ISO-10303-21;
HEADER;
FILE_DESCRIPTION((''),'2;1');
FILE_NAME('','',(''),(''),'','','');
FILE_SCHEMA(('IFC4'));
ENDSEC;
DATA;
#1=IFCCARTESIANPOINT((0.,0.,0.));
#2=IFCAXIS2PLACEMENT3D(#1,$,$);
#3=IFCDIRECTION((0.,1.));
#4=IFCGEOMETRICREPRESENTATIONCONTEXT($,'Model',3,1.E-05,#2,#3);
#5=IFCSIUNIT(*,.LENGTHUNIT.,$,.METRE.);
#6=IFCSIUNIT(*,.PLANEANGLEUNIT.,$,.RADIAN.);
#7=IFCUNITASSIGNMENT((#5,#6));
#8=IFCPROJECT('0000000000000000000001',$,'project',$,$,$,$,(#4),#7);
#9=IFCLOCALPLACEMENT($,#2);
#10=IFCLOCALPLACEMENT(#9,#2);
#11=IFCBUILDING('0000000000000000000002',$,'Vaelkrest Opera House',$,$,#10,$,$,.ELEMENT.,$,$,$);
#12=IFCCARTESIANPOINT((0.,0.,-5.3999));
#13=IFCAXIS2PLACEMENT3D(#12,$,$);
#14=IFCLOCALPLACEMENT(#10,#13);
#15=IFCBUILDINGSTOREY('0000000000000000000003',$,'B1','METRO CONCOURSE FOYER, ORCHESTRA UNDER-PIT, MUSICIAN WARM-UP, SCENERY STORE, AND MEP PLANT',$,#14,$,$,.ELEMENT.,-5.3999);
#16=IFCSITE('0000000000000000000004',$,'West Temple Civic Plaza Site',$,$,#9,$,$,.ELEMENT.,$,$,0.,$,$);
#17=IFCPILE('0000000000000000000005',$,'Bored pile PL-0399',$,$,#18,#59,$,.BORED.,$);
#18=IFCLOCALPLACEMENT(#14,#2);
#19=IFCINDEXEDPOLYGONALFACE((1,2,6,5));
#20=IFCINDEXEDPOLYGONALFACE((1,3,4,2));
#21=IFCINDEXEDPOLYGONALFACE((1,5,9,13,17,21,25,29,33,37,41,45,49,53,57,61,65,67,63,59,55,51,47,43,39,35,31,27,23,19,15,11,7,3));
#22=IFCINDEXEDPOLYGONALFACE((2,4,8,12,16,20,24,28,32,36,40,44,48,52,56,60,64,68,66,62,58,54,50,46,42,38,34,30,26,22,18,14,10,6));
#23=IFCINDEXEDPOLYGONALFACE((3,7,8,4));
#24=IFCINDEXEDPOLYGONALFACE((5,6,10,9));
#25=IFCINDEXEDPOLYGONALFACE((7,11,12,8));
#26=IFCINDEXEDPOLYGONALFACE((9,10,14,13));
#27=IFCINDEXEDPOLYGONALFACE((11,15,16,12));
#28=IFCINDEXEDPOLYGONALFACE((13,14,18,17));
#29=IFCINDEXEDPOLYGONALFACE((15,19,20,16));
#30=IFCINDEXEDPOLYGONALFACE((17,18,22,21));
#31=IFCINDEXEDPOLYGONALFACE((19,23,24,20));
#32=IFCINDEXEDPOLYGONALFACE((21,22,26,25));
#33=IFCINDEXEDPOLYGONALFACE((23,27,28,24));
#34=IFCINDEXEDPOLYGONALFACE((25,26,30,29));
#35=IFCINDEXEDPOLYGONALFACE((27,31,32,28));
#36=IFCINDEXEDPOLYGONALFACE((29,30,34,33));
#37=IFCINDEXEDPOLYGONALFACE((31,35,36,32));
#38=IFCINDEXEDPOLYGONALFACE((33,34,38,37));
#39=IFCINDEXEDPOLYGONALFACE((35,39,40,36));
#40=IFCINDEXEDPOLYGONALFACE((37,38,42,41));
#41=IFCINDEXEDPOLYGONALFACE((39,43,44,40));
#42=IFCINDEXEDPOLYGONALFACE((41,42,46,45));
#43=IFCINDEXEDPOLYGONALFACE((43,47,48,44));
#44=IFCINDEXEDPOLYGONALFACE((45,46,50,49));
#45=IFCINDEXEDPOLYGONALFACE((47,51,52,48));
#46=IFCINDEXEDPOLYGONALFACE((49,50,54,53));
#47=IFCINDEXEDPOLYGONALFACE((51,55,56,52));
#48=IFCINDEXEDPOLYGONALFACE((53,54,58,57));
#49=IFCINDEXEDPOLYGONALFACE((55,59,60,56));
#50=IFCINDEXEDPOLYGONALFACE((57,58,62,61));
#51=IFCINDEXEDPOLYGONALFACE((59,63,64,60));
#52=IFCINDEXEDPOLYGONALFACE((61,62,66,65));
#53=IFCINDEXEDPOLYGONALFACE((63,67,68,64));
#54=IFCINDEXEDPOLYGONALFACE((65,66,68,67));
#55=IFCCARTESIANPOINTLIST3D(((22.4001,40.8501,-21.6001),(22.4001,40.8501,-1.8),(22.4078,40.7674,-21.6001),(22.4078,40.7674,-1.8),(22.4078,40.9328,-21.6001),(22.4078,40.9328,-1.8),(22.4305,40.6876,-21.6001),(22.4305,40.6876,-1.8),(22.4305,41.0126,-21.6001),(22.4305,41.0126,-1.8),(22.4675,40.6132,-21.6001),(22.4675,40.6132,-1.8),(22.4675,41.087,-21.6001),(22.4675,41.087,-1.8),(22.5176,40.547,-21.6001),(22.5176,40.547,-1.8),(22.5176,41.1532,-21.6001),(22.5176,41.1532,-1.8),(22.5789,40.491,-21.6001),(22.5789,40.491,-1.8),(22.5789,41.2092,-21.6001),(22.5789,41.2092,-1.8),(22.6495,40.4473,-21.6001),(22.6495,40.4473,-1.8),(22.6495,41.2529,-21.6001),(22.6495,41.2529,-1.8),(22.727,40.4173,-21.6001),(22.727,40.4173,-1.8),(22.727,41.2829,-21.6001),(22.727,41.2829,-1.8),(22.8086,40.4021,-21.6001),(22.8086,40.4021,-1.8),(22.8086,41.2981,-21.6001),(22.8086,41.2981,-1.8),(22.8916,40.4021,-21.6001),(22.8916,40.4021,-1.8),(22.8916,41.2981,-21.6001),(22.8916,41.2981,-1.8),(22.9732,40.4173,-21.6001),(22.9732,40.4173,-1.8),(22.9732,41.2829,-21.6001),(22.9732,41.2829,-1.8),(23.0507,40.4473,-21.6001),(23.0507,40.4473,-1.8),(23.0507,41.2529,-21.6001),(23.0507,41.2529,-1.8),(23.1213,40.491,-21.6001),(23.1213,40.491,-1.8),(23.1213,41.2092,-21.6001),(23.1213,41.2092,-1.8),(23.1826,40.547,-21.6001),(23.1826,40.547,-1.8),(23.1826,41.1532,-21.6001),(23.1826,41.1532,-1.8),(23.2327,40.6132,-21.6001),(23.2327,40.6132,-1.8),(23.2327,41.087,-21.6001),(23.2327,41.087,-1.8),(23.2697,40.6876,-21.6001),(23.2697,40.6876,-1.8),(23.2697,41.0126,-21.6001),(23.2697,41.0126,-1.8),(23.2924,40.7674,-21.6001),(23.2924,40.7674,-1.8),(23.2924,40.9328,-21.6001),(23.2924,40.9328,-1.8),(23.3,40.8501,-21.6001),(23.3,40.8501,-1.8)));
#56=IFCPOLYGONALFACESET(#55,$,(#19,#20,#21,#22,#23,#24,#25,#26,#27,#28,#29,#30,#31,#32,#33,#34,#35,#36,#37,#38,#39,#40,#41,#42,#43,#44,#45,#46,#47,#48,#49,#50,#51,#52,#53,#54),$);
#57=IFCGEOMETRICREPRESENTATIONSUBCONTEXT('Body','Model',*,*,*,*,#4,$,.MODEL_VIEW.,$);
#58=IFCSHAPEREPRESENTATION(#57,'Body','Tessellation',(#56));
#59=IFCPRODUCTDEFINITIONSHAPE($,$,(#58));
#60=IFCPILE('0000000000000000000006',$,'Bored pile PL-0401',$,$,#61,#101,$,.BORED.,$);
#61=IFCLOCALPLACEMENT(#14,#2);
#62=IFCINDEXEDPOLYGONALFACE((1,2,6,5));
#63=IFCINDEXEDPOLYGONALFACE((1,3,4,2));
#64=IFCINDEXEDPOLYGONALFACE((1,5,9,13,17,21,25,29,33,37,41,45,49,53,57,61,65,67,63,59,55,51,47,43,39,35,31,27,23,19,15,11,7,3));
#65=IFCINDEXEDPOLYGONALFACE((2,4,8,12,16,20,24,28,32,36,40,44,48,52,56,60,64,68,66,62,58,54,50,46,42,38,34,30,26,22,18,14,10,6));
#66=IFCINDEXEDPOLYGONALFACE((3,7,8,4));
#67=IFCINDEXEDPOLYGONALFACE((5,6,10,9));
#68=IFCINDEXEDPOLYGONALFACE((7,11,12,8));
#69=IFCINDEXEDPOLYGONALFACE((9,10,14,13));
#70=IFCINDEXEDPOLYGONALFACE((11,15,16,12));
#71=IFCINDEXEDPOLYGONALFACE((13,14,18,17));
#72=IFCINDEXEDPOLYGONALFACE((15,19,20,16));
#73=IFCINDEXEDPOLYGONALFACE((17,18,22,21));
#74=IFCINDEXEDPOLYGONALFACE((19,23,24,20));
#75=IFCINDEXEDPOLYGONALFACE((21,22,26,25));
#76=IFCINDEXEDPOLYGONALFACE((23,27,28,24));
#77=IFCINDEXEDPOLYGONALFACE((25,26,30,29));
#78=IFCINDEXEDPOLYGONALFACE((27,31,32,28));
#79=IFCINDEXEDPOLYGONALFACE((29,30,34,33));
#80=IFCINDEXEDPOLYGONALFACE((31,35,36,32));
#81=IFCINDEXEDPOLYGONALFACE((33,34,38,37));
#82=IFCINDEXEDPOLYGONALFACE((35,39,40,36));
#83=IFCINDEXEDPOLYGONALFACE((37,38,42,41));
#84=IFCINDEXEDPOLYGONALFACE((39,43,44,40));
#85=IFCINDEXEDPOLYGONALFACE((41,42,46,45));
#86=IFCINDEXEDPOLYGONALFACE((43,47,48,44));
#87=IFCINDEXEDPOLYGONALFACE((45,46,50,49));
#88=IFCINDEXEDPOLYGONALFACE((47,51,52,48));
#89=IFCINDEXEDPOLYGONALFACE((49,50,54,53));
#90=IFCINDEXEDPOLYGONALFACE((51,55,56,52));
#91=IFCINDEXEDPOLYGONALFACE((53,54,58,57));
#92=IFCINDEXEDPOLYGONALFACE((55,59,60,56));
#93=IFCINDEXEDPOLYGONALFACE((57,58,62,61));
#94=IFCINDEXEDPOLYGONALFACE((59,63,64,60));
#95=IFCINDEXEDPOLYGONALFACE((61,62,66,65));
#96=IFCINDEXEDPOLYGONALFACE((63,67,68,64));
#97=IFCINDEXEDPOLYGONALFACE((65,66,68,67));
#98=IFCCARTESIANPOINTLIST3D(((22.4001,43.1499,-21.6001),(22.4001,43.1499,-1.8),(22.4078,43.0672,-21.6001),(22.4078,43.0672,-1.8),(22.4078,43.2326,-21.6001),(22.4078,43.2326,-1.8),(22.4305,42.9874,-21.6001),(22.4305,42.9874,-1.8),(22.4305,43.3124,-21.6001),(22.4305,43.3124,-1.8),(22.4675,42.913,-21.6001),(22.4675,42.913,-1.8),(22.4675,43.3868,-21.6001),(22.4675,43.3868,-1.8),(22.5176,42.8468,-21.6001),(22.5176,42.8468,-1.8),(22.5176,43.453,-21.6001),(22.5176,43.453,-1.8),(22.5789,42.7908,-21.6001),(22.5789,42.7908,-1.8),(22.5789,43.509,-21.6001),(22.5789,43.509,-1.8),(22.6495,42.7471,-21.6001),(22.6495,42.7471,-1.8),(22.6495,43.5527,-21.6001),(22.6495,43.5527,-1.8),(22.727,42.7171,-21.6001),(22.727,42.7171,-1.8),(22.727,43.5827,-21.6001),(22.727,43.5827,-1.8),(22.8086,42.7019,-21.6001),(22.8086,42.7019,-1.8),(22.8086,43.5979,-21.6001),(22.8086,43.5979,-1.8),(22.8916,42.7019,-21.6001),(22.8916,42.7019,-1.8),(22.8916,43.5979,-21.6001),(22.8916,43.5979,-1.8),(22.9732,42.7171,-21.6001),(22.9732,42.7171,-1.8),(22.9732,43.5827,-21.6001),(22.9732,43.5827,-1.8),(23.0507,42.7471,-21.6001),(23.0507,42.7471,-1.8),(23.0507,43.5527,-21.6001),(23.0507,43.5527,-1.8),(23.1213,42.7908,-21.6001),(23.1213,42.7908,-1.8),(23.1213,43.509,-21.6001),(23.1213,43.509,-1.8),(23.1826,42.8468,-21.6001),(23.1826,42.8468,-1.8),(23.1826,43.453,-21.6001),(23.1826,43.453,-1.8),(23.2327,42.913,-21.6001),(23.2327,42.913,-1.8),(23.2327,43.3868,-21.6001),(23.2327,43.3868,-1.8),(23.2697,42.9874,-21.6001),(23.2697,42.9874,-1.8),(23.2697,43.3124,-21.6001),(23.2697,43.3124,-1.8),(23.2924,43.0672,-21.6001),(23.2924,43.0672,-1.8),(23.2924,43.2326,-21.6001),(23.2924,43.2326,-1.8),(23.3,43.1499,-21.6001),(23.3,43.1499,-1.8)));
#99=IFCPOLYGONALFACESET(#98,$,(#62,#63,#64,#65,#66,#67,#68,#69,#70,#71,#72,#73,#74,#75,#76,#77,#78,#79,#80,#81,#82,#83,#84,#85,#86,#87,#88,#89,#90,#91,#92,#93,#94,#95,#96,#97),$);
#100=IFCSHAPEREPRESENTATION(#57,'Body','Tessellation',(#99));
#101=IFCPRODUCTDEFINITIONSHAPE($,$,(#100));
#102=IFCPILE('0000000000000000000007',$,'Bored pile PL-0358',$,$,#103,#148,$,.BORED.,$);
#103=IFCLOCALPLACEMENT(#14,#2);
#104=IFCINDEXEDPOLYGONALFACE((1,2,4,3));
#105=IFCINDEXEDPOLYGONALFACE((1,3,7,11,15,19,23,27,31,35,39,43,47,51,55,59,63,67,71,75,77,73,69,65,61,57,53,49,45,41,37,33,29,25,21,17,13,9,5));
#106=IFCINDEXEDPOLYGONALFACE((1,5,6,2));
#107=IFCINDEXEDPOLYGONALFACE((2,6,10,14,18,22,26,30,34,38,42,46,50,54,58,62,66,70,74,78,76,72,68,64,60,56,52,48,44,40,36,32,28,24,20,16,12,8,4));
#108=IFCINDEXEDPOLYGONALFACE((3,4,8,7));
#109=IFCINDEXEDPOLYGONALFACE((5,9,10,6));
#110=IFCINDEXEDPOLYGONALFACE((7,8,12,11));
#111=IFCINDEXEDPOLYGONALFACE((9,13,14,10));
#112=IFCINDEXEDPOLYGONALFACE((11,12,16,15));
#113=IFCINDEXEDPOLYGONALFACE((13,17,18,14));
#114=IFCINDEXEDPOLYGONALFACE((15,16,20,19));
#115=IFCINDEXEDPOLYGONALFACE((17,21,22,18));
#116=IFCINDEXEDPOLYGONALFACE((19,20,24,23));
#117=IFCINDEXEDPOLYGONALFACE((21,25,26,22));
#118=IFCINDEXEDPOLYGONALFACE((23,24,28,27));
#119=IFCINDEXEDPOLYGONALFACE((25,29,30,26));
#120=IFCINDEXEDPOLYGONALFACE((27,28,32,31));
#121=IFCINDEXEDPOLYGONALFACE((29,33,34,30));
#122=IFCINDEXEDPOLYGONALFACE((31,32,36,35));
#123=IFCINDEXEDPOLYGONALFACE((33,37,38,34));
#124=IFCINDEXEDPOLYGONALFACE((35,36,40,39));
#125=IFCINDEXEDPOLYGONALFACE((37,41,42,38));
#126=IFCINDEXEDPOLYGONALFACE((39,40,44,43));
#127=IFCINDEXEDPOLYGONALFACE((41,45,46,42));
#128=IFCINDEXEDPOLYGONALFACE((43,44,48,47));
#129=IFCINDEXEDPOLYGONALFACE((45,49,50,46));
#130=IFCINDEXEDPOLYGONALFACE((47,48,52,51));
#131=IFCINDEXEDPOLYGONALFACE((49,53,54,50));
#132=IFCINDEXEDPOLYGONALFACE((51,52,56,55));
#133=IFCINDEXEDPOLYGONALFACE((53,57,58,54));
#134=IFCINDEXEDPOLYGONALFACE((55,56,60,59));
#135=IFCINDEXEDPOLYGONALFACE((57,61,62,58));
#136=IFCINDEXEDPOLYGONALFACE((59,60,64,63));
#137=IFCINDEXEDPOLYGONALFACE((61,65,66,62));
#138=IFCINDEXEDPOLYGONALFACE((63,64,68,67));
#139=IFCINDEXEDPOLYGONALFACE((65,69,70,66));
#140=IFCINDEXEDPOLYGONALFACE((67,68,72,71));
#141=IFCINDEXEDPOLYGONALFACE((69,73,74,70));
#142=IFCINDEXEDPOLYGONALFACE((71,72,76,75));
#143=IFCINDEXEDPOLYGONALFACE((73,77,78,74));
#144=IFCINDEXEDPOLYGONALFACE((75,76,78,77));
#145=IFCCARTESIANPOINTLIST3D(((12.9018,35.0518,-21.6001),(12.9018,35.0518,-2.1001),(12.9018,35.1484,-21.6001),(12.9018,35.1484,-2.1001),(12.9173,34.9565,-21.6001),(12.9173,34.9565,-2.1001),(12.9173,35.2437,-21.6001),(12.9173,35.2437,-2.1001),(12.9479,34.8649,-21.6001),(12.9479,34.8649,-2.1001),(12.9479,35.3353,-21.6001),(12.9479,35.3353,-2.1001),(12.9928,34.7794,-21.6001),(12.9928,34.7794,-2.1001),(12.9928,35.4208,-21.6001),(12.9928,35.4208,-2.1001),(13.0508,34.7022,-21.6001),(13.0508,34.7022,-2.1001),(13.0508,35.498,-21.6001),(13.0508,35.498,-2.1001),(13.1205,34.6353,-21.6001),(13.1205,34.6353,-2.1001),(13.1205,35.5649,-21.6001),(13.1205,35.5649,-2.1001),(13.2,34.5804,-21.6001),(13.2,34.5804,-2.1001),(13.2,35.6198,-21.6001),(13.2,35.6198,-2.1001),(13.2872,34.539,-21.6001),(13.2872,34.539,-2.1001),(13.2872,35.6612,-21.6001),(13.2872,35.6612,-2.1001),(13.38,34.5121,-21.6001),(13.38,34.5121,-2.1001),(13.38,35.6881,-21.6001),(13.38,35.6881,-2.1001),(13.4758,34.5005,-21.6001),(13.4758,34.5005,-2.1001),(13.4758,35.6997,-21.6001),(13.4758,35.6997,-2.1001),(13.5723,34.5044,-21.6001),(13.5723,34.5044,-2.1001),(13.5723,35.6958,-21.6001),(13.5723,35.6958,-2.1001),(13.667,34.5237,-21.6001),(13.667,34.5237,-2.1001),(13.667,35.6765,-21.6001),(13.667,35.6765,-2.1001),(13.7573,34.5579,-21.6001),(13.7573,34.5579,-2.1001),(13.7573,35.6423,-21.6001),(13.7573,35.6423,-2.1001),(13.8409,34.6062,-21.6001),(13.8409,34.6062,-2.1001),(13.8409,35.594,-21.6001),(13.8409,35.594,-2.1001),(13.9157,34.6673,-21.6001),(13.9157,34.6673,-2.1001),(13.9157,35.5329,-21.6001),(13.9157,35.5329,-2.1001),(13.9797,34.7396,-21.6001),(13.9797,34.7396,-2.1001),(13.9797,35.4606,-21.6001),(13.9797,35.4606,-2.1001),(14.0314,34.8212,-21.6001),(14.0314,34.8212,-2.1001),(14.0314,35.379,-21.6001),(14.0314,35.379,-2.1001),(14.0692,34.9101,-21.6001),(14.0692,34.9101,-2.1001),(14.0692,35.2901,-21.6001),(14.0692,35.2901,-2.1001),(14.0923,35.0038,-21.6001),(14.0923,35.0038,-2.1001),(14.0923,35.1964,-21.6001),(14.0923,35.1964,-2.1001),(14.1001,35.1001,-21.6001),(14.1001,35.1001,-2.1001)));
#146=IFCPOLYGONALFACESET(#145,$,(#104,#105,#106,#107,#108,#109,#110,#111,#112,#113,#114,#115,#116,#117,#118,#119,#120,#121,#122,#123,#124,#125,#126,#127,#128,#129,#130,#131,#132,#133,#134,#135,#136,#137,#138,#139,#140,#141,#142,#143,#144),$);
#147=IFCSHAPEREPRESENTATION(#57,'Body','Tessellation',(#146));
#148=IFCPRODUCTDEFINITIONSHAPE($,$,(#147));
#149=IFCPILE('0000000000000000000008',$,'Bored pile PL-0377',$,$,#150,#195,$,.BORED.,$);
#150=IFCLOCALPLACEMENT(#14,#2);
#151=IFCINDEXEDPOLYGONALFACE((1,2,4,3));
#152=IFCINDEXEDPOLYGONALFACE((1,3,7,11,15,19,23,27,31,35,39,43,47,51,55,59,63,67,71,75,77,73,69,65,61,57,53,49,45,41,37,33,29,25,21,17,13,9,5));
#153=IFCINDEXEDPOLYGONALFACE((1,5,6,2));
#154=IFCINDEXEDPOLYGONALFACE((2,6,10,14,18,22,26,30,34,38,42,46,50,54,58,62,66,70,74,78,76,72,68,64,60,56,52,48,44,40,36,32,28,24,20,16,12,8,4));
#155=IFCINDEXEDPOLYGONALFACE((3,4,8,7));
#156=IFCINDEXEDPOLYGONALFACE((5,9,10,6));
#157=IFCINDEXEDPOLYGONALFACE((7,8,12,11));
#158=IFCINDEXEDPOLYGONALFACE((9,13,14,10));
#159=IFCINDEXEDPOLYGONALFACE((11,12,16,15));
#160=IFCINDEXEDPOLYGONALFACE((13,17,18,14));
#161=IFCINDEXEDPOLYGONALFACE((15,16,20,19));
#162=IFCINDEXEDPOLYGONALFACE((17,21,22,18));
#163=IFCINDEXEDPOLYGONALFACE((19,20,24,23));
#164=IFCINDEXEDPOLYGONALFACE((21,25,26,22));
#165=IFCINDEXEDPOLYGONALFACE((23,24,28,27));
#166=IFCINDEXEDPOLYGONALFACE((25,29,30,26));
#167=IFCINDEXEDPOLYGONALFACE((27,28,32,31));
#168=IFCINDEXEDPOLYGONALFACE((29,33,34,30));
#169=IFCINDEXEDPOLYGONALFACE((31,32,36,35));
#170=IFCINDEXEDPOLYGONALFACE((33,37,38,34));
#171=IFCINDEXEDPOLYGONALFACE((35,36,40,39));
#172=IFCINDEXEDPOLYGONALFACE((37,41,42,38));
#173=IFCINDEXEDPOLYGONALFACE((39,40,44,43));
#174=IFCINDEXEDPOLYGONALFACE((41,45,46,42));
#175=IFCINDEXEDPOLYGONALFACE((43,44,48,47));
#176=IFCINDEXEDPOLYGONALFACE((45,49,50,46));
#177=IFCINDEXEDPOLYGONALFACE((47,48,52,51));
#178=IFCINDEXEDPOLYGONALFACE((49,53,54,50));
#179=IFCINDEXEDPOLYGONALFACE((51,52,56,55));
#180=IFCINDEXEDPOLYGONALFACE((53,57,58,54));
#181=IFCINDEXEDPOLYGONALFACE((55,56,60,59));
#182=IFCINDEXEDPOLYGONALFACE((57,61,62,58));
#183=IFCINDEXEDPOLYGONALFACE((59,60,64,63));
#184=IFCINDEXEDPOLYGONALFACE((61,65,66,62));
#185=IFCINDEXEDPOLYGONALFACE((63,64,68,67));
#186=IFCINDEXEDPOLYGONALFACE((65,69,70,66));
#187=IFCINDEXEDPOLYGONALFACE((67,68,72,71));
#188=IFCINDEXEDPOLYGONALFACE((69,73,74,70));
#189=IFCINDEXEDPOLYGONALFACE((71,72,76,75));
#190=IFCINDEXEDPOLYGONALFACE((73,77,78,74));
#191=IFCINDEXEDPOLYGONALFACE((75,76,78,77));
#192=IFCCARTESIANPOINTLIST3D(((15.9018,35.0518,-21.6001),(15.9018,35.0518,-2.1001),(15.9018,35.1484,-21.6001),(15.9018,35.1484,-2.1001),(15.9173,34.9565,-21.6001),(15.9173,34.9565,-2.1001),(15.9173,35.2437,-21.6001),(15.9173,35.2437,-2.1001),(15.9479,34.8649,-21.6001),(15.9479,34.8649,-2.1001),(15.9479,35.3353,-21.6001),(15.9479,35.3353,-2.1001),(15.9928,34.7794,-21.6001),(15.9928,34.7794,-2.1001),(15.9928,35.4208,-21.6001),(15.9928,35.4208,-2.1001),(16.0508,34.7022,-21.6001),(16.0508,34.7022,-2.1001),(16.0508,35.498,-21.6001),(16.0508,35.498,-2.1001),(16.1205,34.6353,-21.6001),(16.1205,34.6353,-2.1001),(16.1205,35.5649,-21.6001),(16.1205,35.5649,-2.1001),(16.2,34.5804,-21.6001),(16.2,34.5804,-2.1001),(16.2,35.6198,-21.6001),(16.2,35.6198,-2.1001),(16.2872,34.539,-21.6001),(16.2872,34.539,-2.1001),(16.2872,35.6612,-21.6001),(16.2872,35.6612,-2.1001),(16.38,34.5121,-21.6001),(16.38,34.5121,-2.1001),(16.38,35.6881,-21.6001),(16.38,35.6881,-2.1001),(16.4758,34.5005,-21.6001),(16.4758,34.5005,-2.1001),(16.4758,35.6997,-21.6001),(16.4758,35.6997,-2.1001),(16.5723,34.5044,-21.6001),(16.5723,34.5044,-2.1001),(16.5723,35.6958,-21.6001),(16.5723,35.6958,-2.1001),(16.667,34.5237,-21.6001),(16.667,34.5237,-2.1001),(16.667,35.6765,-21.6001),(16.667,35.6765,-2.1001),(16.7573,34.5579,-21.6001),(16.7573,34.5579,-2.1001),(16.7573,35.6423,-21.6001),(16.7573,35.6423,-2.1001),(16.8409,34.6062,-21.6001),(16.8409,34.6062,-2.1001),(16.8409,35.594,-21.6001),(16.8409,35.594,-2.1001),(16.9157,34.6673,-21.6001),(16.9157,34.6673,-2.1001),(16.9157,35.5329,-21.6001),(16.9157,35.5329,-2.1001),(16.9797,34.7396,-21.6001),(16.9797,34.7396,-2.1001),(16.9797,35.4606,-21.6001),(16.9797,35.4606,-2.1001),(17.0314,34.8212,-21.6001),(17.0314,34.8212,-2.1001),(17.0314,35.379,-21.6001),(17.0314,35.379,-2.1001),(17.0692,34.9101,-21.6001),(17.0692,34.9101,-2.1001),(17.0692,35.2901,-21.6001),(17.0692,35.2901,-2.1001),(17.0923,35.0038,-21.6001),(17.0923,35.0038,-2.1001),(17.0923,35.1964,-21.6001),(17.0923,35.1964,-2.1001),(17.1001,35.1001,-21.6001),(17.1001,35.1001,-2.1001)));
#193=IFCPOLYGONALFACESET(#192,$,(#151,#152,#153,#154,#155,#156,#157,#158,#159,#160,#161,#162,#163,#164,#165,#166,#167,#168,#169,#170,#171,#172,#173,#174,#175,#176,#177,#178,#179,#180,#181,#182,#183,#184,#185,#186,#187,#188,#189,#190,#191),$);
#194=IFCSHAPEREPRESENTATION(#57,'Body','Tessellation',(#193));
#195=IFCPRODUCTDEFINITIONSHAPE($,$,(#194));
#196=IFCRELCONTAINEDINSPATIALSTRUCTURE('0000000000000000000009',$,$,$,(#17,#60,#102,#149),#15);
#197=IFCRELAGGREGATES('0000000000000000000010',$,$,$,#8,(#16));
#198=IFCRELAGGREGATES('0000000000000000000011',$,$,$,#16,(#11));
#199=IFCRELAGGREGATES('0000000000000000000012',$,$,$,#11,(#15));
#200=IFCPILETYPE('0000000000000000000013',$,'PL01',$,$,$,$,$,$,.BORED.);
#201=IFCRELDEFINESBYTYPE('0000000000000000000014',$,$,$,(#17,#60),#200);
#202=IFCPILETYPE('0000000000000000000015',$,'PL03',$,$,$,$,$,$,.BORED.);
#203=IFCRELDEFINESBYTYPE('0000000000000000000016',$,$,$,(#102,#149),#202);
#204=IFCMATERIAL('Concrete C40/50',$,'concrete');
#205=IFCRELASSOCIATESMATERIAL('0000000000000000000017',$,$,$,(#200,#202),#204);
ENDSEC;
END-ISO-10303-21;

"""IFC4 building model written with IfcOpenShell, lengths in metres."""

from ifc_helpers import new_model, si_unit, direction, frame, origin, origin_2d, place, context, subcontext, project, spatial, circle, extrude, material, material_profile, profile_set, type_object, element, save


model = new_model("IFC4")

# Units and contexts
model_context = context("Model", 3, precision=1e-05, world=origin(), true_north=direction((0.0, 1.0)))
body_context = subcontext(model_context, "Body", "Model", "MODEL_VIEW")
ifc_project = project(units=[si_unit("LENGTHUNIT", "METRE"), si_unit("PLANEANGLEUNIT", "RADIAN")], contexts=[model_context])

# Site, building, storey
site_placement = place(None, origin())
site = spatial("IfcSite", under=ifc_project, at=site_placement, Name="West Temple Civic Plaza Site", CompositionType="ELEMENT", RefElevation=0.0)
building_placement = place(site_placement, origin())
building = spatial("IfcBuilding", under=site, at=building_placement, Name="Vaelkrest Opera House", CompositionType="ELEMENT")
storey_placement = place(building_placement, frame((0.0, 0.0, -5.3999)))
storey = spatial("IfcBuildingStorey", under=building, at=storey_placement, Name="B1", Description="METRO CONCOURSE FOYER, ORCHESTRA UNDER-PIT, MUSICIAN WARM-UP, SCENERY STORE, AND MEP PLANT", CompositionType="ELEMENT", Elevation=-5.3999)

# Shared definitions
ifc_material_1 = material(Name="Concrete C40/50", Category="concrete")

# Piles
ifc_material_profile_1 = material_profile(ifc_material_1, circle(Radius=0.45, at=origin_2d()), Name="PILE900")
ifc_profile_set_1 = profile_set([ifc_material_profile_1], Name="Concrete C40/50")
pile_type_1 = type_object("IfcPileType", Name="PL01", PredefinedType="BORED", material=ifc_profile_set_1)
for number, where, z_axis, x_axis, name in (
    (1, (22.8501, 40.8501, -1.8), (0.0, 0.0, -1.0), (1.0, 0.0, 0.0), "Bored pile PL-0399"),
    (2, (22.8501, 43.1499, -1.8), (0.0, 0.0, -1.0), (1.0, 0.0, 0.0), "Bored pile PL-0401"),
):
    element("IfcPile", number, at=place(storey_placement, frame(where, z_axis=z_axis, x_axis=x_axis)), inside=storey, type_object=pile_type_1, Name=name, PredefinedType="BORED", context=body_context, shape_type="SweptSolid", body=[
        extrude(circle(Radius=0.45, at=origin_2d()), origin(), (0.0, 0.0, 1.0), 19.8),
    ])
ifc_material_profile_2 = material_profile(ifc_material_1, circle(Radius=0.6001, at=origin_2d()), Name="PILE1200")
ifc_profile_set_2 = profile_set([ifc_material_profile_2], Name="Concrete C40/50")
pile_type_2 = type_object("IfcPileType", Name="PL03", PredefinedType="BORED", material=ifc_profile_set_2)
for number, where, z_axis, x_axis, name in (
    (3, (13.5, 35.1001, -2.1001), (0.0, 0.0, -1.0), (1.0, 0.0, 0.0), "Bored pile PL-0358"),
    (4, (16.5, 35.1001, -2.1001), (0.0, 0.0, -1.0), (1.0, 0.0, 0.0), "Bored pile PL-0377"),
):
    element("IfcPile", number, at=place(storey_placement, frame(where, z_axis=z_axis, x_axis=x_axis)), inside=storey, type_object=pile_type_2, Name=name, PredefinedType="BORED", context=body_context, shape_type="SweptSolid", body=[
        extrude(circle(Radius=0.6001, at=origin_2d()), origin(), (0.0, 0.0, 1.0), 19.5),
    ])

save(model, "model.ifc")
